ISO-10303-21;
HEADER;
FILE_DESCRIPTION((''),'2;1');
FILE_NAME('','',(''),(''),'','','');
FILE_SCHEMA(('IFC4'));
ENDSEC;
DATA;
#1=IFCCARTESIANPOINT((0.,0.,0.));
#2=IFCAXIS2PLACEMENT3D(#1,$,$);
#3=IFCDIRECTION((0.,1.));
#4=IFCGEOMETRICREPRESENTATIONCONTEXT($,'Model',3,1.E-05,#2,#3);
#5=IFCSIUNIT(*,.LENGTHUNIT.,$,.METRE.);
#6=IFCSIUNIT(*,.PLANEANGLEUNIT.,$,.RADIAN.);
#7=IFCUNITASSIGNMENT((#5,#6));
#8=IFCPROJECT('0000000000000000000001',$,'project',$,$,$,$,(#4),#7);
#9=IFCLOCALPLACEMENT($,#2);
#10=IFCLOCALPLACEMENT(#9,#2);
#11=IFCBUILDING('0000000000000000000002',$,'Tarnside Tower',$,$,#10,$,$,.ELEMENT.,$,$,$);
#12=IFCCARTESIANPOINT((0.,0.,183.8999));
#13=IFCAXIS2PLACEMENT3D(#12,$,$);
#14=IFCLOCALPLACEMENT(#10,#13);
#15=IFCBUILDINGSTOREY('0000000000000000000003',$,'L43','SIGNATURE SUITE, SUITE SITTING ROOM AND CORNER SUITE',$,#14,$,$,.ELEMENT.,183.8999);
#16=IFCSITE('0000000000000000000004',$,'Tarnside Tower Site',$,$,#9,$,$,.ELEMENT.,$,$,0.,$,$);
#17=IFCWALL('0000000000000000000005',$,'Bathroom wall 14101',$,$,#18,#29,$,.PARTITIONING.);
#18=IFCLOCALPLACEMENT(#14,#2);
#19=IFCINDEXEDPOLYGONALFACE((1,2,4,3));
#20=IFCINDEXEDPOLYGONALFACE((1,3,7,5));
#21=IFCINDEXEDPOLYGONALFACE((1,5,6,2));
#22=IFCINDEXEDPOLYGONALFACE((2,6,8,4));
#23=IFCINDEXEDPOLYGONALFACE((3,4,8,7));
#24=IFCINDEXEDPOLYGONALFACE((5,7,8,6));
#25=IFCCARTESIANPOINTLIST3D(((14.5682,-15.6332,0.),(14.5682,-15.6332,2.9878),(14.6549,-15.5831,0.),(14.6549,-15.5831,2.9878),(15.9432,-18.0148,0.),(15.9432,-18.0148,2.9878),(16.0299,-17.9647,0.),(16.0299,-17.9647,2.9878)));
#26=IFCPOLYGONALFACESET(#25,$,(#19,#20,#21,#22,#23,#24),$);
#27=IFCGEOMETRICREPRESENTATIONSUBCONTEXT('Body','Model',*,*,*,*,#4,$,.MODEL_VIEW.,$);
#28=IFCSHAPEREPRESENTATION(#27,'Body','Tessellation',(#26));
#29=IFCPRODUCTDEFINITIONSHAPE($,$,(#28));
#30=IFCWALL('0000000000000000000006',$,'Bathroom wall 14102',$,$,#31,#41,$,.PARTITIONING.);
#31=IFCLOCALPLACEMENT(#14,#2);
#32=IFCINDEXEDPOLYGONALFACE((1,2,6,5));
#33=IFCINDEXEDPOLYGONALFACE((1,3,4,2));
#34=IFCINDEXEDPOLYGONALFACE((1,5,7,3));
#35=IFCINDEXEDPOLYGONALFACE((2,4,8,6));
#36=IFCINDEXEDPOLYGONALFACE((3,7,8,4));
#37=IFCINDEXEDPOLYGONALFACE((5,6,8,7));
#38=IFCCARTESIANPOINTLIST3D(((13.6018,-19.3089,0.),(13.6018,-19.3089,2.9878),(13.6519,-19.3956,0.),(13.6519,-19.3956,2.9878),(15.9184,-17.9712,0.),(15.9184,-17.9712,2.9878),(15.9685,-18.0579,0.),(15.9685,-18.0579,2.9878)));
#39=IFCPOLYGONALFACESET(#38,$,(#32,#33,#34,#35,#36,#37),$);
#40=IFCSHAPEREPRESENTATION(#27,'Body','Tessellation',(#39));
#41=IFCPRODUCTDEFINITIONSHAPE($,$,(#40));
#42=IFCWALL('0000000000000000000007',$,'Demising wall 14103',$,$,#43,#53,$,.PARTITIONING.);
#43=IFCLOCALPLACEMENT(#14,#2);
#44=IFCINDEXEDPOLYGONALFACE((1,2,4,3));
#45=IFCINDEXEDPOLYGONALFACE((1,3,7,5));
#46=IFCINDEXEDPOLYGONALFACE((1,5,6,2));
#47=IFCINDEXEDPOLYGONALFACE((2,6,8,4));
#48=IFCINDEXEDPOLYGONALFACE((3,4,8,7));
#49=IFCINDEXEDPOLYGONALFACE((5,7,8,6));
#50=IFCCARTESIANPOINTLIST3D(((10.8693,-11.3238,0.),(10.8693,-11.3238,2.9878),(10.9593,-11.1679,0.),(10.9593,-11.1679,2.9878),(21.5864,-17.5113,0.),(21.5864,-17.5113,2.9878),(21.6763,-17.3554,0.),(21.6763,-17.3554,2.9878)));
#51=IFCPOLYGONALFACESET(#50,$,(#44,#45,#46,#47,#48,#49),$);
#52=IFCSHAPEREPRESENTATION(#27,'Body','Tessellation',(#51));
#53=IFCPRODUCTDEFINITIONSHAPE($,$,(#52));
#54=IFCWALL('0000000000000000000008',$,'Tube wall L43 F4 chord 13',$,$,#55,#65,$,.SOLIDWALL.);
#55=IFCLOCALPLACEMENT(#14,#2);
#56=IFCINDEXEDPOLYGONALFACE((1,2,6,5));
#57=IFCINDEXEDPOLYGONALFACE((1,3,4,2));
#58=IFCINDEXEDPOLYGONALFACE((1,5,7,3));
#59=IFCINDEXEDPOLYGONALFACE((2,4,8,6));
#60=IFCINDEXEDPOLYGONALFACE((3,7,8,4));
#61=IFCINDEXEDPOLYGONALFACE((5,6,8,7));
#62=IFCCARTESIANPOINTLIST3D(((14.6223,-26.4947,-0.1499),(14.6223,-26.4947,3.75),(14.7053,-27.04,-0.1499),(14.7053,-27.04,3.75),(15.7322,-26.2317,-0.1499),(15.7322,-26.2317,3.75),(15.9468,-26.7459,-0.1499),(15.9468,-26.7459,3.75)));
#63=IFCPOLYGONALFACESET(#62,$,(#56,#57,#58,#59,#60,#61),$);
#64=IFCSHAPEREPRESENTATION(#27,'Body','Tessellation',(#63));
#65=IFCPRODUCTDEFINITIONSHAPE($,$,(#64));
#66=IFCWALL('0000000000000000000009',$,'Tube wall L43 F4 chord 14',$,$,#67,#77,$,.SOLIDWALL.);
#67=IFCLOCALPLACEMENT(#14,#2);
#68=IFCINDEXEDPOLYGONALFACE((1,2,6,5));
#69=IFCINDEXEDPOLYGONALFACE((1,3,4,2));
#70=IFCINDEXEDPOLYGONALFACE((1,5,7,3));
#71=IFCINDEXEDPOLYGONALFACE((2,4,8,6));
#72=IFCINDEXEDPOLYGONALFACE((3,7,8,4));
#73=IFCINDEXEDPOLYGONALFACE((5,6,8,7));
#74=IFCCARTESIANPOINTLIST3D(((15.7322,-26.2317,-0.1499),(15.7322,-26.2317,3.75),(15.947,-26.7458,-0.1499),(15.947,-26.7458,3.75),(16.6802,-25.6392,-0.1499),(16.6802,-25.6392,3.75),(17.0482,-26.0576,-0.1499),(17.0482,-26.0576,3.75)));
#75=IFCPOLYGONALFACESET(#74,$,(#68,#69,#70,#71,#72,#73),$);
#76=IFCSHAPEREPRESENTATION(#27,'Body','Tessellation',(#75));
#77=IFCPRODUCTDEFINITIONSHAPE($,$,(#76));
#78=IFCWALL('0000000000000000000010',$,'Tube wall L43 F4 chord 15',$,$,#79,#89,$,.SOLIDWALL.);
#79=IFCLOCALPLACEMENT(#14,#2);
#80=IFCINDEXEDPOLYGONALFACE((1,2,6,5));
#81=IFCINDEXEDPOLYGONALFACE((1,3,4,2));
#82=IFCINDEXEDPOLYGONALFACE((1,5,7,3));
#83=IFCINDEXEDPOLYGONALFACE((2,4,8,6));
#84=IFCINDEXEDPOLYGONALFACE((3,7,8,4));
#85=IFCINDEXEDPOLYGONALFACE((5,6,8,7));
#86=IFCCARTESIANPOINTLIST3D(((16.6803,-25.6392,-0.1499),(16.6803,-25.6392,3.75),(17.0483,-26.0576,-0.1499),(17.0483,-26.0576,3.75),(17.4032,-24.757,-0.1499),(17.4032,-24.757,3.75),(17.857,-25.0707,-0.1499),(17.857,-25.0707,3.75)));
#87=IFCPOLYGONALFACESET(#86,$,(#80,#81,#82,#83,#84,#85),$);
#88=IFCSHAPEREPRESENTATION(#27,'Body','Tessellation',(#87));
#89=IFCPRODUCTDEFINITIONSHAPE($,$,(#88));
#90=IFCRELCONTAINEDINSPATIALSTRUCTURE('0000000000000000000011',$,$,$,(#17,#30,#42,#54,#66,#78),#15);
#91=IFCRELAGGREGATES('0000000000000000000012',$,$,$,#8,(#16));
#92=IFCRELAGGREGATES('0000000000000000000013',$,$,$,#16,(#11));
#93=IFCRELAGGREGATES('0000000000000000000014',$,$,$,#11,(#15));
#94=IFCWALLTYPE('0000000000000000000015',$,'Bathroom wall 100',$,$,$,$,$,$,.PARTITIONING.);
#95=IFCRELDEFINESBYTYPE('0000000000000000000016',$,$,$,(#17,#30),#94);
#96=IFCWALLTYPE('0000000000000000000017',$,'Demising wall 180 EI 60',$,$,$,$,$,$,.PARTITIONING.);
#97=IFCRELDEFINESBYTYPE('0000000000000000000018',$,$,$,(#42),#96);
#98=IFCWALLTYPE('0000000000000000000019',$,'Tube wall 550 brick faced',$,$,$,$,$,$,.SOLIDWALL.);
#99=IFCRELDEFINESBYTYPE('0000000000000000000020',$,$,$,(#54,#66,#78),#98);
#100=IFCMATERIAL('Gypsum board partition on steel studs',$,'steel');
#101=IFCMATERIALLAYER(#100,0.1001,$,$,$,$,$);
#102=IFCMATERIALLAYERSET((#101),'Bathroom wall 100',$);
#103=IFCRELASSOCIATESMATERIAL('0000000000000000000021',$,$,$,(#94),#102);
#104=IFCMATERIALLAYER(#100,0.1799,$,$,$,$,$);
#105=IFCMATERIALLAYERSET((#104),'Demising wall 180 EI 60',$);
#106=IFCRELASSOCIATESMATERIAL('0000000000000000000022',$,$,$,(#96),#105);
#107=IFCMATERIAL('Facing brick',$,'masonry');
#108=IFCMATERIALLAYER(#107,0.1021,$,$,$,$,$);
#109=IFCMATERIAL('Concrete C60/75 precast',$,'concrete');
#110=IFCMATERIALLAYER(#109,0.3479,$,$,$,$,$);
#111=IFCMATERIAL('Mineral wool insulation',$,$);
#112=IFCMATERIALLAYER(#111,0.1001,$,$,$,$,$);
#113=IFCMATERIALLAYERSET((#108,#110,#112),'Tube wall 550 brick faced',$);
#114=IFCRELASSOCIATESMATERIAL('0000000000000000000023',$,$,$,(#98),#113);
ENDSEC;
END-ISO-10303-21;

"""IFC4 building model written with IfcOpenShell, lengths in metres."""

from ifc_helpers import new_model, si_unit, direction, frame, frame_2d, origin, place, context, subcontext, project, spatial, polyline, rectangle, outline, extrude, material, layer, layer_set, type_object, element, save


model = new_model("IFC4")

# Units and contexts
model_context = context("Model", 3, precision=1e-05, world=origin(), true_north=direction((0.0, 1.0)))
body_context = subcontext(model_context, "Body", "Model", "MODEL_VIEW")
ifc_project = project(units=[si_unit("LENGTHUNIT", "METRE"), si_unit("PLANEANGLEUNIT", "RADIAN")], contexts=[model_context])

# Site, building, storey
site_placement = place(None, origin())
site = spatial("IfcSite", under=ifc_project, at=site_placement, Name="Tarnside Tower Site", CompositionType="ELEMENT", RefElevation=0.0)
building_placement = place(site_placement, origin())
building = spatial("IfcBuilding", under=site, at=building_placement, Name="Tarnside Tower", CompositionType="ELEMENT")
storey_placement = place(building_placement, frame((0.0, 0.0, 183.8999)))
storey = spatial("IfcBuildingStorey", under=building, at=storey_placement, Name="L43", Description="SIGNATURE SUITE, SUITE SITTING ROOM AND CORNER SUITE", CompositionType="ELEMENT", Elevation=183.8999)

# Walls
ifc_material_1 = material(Name="Gypsum board partition on steel studs", Category="steel")
ifc_layer_1 = layer(ifc_material_1, 0.1001)
ifc_layer_set_1 = layer_set([ifc_layer_1], Name="Bathroom wall 100")
wall_type_1 = type_object("IfcWallType", Name="Bathroom wall 100", PredefinedType="PARTITIONING", material=ifc_layer_set_1)
wall_1_placement = place(storey_placement, frame((14.6116, -15.6082, 0.0), z_axis=(0.0, 0.0, 1.0), x_axis=(0.499997, -0.866027, 0.0)))
element("IfcWall", 1, at=wall_1_placement, inside=storey, type_object=wall_type_1, Name="Bathroom wall 14101", PredefinedType="PARTITIONING", context=body_context, shape_type="SweptSolid", body=[
    extrude(rectangle(XDim=2.75, YDim=0.1001, at=frame_2d((1.375, 0.0))), origin(), (0.0, 0.0, 1.0), 2.9878),
])
wall_2_placement = place(storey_placement, frame((15.9434, -18.0146, 0.0), z_axis=(0.0, 0.0, 1.0), x_axis=(-0.866005, -0.500036, 0.0)))
element("IfcWall", 2, at=wall_2_placement, inside=storey, type_object=wall_type_1, Name="Bathroom wall 14102", PredefinedType="PARTITIONING", context=body_context, shape_type="SweptSolid", body=[
    extrude(rectangle(XDim=2.675, YDim=0.1001, at=frame_2d((1.3374, 0.0))), origin(), (0.0, 0.0, 1.0), 2.9878),
])
ifc_layer_2 = layer(ifc_material_1, 0.1799)
ifc_layer_set_2 = layer_set([ifc_layer_2], Name="Demising wall 180 EI 60")
wall_type_2 = type_object("IfcWallType", Name="Demising wall 180 EI 60", PredefinedType="PARTITIONING", material=ifc_layer_set_2)
wall_3_placement = place(storey_placement, frame((21.6313, -17.4333, 0.0), z_axis=(0.0, 0.0, 1.0), x_axis=(-0.866025, 0.500001, 0.0)))
element("IfcWall", 3, at=wall_3_placement, inside=storey, type_object=wall_type_2, Name="Demising wall 14103", PredefinedType="PARTITIONING", context=body_context, shape_type="SweptSolid", body=[
    extrude(rectangle(XDim=12.375, YDim=0.1799, at=frame_2d((6.1875, 0.0))), origin(), (0.0, 0.0, 1.0), 2.9878),
])
ifc_material_2 = material(Name="Facing brick", Category="masonry")
ifc_layer_3 = layer(ifc_material_2, 0.1021)
ifc_material_3 = material(Name="Concrete C60/75 precast", Category="concrete")
ifc_layer_4 = layer(ifc_material_3, 0.3479)
ifc_material_4 = material(Name="Mineral wool insulation")
ifc_layer_5 = layer(ifc_material_4, 0.1001)
ifc_layer_set_3 = layer_set([ifc_layer_3, ifc_layer_4, ifc_layer_5], Name="Tube wall 550 brick faced")
wall_type_3 = type_object("IfcWallType", Name="Tube wall 550 brick faced", PredefinedType="SOLIDWALL", material=ifc_layer_set_3)
wall_4_placement = place(storey_placement, frame((14.6638, -26.7673, -0.1499), z_axis=(0.0, 0.0, 1.0), x_axis=(0.973064, 0.230537, 0.0)))
element("IfcWall", 4, at=wall_4_placement, inside=storey, type_object=wall_type_3, Name="Tube wall L43 F4 chord 13", PredefinedType="SOLIDWALL", context=body_context, shape_type="SweptSolid", body=[
    extrude(outline(polyline([(-0.0225, -0.2749), (1.2534, -0.2749), (1.1631, 0.2749), (0.0225, 0.2749), (-0.0225, -0.2749)])), origin(), (0.0, 0.0, 1.0), 3.8999),
])
wall_5_placement = place(storey_placement, frame((15.8396, -26.4888, -0.1499), z_axis=(0.0, 0.0, 1.0), x_axis=(0.84801, 0.529981, 0.0)))
element("IfcWall", 5, at=wall_5_placement, inside=storey, type_object=wall_type_3, Name="Tube wall L43 F4 chord 14", PredefinedType="SOLIDWALL", context=body_context, shape_type="SweptSolid", body=[
    extrude(outline(polyline([(-0.0452, -0.2749), (1.2534, -0.2749), (1.1631, 0.2749), (0.0452, 0.2749), (-0.0452, -0.2749)])), origin(), (0.0, 0.0, 1.0), 3.8999),
])
wall_6_placement = place(storey_placement, frame((16.8643, -25.8484, -0.1499), z_axis=(0.0, 0.0, 1.0), x_axis=(0.633843, 0.773462, 0.0)))
element("IfcWall", 6, at=wall_6_placement, inside=storey, type_object=wall_type_3, Name="Tube wall L43 F4 chord 15", PredefinedType="SOLIDWALL", context=body_context, shape_type="SweptSolid", body=[
    extrude(outline(polyline([(-0.0452, -0.2749), (1.2307, -0.2749), (1.1858, 0.2749), (0.0452, 0.2749), (-0.0452, -0.2749)])), origin(), (0.0, 0.0, 1.0), 3.8999),
])

save(model, "model.ifc")
